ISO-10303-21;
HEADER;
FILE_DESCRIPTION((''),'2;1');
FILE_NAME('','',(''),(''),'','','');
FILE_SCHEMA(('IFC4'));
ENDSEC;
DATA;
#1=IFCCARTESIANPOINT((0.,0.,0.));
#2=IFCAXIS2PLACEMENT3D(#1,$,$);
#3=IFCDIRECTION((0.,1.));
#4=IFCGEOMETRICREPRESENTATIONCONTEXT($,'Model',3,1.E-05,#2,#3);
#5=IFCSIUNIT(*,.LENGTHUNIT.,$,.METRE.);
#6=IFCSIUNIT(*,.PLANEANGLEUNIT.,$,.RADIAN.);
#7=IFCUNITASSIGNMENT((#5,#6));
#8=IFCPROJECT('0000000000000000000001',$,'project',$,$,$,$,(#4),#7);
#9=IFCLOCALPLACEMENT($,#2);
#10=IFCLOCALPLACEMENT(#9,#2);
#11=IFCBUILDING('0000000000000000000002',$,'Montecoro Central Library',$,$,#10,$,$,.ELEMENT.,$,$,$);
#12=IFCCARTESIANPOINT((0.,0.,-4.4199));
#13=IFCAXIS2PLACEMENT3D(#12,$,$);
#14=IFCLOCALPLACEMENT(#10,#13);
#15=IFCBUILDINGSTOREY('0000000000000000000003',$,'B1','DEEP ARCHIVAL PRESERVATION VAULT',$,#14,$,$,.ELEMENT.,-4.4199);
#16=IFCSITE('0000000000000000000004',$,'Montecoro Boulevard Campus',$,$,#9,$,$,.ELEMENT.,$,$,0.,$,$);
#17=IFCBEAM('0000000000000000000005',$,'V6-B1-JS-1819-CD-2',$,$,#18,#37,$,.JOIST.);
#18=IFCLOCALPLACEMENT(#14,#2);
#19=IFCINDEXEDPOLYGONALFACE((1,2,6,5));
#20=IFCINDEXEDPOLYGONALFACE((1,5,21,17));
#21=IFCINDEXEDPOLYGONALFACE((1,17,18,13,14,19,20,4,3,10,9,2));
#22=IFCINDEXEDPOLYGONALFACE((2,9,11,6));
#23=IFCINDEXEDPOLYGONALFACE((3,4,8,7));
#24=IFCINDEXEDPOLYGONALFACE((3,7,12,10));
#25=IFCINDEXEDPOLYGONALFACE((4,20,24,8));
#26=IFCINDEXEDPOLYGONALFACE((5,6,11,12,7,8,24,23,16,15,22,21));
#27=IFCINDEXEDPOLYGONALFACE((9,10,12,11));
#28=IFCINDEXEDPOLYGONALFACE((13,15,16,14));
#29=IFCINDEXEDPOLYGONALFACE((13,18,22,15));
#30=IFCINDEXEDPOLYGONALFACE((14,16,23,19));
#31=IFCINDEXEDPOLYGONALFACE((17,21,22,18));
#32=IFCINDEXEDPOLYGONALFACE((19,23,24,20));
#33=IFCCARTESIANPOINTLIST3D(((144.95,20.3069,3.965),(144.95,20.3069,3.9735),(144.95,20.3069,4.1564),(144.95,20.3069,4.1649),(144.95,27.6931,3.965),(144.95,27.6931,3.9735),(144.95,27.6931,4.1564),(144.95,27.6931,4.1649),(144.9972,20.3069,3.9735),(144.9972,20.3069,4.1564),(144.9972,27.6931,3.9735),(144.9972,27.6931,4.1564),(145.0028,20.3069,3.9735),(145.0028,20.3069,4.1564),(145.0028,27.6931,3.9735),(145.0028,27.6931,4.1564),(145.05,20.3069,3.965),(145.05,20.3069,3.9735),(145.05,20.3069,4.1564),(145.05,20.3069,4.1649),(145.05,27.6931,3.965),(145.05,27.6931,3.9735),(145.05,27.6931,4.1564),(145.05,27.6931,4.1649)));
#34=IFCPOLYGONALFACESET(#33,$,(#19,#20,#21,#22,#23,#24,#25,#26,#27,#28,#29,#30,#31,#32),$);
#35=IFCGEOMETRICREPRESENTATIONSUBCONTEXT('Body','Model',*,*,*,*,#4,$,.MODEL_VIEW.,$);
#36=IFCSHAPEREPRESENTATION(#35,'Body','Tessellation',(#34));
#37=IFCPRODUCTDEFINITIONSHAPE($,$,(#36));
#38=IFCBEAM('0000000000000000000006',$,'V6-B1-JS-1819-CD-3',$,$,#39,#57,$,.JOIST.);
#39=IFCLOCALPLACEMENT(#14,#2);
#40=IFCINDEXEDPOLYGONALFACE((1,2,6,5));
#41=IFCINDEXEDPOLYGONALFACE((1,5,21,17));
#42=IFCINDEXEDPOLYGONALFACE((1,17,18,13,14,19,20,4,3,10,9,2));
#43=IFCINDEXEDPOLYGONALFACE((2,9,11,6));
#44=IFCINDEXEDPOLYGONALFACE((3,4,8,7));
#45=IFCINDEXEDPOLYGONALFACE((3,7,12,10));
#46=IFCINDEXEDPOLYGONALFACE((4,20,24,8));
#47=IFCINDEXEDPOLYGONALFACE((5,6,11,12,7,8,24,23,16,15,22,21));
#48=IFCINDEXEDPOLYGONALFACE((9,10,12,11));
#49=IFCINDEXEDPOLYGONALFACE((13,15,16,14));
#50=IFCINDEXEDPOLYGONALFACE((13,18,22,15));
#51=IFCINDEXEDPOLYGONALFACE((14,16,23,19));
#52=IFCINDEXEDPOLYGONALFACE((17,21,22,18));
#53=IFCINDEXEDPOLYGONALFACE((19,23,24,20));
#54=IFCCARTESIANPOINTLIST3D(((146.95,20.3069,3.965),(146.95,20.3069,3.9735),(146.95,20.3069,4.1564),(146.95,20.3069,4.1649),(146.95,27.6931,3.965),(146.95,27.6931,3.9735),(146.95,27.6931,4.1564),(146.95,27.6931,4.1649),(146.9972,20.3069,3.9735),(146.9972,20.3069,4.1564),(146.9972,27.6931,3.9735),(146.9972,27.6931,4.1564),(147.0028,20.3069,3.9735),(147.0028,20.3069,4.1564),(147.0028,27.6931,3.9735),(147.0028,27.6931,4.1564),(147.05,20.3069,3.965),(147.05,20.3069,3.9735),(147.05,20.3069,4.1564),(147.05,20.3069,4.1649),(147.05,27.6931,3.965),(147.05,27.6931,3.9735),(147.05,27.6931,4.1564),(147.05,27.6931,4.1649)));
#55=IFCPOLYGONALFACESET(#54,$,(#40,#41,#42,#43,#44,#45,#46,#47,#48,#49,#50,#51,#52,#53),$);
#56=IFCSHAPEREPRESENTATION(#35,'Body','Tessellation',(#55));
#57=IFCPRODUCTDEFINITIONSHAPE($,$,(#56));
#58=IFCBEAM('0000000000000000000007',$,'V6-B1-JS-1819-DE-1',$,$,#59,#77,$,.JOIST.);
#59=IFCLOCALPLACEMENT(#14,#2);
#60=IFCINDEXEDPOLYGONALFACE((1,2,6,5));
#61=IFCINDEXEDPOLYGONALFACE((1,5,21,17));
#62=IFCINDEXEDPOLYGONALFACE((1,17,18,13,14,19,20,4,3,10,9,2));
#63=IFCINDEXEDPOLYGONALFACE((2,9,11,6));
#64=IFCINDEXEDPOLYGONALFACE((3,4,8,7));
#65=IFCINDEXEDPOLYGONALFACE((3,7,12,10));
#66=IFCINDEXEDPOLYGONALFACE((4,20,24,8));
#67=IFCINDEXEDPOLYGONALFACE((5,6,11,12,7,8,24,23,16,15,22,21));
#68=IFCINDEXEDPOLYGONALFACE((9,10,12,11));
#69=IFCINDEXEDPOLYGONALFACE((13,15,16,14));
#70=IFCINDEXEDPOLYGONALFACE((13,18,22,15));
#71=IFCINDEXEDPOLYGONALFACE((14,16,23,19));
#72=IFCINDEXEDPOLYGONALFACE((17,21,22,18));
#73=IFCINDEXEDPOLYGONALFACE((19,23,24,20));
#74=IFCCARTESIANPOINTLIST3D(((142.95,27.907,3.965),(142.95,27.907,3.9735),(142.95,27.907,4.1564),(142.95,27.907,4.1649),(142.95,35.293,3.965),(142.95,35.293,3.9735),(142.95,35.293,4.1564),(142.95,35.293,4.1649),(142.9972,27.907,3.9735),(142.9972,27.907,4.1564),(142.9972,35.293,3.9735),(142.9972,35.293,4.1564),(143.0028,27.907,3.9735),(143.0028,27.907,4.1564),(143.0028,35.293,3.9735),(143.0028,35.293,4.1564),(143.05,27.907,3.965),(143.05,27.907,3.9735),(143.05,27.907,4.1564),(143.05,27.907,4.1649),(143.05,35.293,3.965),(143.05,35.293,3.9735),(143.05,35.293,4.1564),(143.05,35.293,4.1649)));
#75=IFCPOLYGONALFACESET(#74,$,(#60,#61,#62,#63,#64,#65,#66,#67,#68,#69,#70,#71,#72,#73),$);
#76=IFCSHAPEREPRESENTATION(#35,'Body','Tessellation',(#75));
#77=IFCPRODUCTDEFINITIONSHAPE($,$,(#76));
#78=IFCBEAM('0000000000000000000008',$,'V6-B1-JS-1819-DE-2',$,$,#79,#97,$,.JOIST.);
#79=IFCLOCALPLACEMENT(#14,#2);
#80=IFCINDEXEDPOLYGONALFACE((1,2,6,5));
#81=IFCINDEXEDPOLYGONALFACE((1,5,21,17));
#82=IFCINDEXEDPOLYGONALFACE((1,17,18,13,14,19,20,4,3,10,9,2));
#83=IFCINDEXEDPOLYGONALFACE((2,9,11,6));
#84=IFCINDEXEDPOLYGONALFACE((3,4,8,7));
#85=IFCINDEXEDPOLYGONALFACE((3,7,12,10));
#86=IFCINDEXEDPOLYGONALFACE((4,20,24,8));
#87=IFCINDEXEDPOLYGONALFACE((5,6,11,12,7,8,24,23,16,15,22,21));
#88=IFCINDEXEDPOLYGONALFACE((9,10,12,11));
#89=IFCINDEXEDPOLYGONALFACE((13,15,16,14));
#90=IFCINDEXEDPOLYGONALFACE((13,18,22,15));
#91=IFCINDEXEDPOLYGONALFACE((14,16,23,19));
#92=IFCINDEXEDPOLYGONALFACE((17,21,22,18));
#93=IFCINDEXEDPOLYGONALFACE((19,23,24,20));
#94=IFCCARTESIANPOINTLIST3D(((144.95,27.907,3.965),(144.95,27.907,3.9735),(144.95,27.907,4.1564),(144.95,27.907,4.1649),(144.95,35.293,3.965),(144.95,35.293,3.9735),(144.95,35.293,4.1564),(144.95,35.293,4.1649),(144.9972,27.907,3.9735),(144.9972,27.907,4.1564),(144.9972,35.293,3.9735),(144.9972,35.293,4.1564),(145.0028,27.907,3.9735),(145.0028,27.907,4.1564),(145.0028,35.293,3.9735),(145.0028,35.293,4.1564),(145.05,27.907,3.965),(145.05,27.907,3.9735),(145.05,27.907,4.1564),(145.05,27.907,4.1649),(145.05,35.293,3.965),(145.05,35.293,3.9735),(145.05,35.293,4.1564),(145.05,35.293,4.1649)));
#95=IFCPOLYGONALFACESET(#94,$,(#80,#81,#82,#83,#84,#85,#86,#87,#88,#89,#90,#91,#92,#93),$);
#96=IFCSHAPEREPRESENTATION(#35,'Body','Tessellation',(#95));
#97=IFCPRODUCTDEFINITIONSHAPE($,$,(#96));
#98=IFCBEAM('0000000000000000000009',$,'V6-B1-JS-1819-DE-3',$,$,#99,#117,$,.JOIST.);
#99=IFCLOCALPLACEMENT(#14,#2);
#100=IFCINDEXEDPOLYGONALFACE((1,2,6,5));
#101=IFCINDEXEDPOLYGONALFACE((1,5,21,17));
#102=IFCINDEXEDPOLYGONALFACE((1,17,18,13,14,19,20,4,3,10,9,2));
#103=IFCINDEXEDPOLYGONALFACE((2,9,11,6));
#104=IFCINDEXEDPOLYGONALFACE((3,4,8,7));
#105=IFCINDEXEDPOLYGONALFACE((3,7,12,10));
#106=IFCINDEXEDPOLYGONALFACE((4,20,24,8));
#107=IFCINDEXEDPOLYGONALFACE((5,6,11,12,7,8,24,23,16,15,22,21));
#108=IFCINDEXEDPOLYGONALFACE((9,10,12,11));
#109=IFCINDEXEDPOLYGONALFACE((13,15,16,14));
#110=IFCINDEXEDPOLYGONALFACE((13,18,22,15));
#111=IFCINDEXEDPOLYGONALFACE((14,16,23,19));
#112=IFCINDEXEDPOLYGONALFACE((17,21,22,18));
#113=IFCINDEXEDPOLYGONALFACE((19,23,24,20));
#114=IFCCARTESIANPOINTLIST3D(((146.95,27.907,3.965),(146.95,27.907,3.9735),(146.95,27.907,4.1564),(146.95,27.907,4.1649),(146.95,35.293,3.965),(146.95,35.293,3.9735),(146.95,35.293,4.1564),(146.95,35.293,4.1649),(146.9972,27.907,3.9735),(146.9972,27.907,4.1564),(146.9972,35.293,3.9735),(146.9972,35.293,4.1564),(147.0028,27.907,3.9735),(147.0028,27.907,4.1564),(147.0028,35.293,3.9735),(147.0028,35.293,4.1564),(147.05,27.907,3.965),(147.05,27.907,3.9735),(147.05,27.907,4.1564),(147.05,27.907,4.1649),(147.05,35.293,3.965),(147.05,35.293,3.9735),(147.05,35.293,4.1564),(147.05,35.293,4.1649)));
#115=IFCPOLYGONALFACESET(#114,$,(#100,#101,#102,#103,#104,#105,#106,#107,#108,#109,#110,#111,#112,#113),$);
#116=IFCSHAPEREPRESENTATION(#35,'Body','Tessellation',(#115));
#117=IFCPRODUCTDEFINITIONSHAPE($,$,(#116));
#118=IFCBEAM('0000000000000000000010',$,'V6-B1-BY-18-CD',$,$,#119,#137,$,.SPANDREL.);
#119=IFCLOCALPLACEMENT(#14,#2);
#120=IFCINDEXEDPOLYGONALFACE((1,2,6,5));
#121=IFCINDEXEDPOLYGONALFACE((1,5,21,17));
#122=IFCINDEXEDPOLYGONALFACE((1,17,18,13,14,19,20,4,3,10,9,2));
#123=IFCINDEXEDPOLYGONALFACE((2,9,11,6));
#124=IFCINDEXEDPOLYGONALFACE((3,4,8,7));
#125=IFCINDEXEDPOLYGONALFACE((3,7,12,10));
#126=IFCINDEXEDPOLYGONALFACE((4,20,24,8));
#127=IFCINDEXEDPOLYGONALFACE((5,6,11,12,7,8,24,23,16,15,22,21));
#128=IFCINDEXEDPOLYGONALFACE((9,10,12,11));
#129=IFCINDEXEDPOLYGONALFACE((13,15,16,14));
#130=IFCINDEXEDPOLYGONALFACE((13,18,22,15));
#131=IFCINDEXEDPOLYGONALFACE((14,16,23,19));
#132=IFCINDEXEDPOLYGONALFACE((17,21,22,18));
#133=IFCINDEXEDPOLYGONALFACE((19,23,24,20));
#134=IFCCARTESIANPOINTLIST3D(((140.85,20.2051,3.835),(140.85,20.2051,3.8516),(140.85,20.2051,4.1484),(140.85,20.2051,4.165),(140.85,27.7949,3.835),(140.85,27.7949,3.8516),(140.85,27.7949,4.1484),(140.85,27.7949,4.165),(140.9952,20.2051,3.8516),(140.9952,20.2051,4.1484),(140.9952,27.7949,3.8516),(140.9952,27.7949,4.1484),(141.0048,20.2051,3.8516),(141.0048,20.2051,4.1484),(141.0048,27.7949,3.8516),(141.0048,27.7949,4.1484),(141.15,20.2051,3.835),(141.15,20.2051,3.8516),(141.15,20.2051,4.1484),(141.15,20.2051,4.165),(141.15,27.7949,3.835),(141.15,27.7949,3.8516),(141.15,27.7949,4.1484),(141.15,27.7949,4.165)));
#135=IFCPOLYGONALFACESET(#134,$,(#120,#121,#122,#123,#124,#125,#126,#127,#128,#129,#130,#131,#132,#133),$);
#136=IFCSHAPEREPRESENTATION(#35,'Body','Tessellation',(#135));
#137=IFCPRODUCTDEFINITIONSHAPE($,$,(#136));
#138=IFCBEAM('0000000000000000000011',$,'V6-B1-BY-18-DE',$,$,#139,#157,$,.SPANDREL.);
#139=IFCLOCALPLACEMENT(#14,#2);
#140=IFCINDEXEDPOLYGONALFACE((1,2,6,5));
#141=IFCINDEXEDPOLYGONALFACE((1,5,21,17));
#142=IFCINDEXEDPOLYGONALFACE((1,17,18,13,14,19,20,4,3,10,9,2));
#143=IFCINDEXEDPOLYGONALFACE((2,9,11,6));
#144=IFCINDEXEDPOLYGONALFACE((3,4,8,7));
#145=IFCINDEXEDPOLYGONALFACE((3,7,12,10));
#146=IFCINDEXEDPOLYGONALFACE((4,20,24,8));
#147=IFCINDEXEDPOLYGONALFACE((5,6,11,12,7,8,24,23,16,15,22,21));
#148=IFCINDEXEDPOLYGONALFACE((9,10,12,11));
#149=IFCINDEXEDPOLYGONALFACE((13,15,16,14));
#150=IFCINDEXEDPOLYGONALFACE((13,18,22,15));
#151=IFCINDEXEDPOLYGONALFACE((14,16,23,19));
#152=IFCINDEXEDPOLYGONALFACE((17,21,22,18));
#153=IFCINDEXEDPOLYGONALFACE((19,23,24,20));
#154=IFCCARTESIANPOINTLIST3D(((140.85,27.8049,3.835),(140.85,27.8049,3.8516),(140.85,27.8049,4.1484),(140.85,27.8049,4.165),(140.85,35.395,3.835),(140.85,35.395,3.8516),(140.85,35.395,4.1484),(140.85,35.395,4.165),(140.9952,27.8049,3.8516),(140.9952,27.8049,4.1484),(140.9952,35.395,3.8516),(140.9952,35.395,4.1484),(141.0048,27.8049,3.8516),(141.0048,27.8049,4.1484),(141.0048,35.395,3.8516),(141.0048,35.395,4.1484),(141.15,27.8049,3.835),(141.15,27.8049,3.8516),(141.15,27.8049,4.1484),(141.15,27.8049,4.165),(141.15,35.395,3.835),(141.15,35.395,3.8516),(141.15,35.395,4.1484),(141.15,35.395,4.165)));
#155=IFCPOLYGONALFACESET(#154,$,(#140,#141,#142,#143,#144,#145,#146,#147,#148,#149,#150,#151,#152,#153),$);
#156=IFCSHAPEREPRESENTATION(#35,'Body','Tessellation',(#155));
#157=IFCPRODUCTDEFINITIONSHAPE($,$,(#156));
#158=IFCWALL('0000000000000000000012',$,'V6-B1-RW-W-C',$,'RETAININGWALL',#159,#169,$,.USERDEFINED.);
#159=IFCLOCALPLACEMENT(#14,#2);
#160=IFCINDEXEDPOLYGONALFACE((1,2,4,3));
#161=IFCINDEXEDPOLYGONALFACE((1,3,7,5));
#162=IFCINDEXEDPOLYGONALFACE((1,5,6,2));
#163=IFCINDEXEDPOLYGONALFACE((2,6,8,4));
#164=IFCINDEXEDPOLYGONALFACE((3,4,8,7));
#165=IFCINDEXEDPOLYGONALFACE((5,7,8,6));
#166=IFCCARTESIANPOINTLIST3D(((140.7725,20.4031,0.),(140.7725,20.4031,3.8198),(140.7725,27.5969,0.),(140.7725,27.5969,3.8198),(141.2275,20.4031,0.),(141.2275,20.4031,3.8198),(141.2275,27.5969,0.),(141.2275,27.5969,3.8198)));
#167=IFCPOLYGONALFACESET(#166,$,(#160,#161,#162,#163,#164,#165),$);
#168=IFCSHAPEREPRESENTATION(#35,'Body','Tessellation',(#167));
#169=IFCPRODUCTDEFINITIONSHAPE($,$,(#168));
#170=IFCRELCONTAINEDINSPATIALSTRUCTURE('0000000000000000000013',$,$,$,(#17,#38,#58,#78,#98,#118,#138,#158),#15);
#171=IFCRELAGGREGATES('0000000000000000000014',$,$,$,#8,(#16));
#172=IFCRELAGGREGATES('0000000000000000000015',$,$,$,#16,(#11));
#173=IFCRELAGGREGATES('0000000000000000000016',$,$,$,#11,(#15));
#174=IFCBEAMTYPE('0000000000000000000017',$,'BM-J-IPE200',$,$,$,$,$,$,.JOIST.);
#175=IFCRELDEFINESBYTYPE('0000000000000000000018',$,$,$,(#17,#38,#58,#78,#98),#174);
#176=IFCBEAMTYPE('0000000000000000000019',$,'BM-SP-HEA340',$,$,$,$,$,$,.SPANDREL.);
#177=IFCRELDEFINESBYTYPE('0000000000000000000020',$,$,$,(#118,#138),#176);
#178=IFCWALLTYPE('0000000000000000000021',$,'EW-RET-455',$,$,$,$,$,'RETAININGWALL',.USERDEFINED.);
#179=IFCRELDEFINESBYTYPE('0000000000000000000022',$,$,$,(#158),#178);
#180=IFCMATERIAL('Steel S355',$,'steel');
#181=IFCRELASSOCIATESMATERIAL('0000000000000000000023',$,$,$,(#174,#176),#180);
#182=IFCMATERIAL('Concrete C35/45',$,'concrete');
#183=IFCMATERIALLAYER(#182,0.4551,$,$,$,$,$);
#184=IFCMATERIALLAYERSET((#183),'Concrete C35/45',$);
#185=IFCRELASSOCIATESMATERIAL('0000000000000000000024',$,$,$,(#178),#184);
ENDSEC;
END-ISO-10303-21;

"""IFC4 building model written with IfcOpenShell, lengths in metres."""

from ifc_helpers import new_model, si_unit, direction, frame, frame_2d, origin, origin_2d, place, context, subcontext, project, spatial, rectangle, i_section, extrude, material, layer, layer_set, material_profile, profile_set, type_object, element, save


model = new_model("IFC4")

# Units and contexts
model_context = context("Model", 3, precision=1e-05, world=origin(), true_north=direction((0.0, 1.0)))
body_context = subcontext(model_context, "Body", "Model", "MODEL_VIEW")
ifc_project = project(units=[si_unit("LENGTHUNIT", "METRE"), si_unit("PLANEANGLEUNIT", "RADIAN")], contexts=[model_context])

# Site, building, storey
site_placement = place(None, origin())
site = spatial("IfcSite", under=ifc_project, at=site_placement, Name="Montecoro Boulevard Campus", CompositionType="ELEMENT", RefElevation=0.0)
building_placement = place(site_placement, origin())
building = spatial("IfcBuilding", under=site, at=building_placement, Name="Montecoro Central Library", CompositionType="ELEMENT")
storey_placement = place(building_placement, frame((0.0, 0.0, -4.4199)))
storey = spatial("IfcBuildingStorey", under=building, at=storey_placement, Name="B1", Description="DEEP ARCHIVAL PRESERVATION VAULT", CompositionType="ELEMENT", Elevation=-4.4199)

# Shared definitions
ifc_material_1 = material(Name="Concrete C35/45", Category="concrete")

# Beams
ifc_material_2 = material(Name="Steel S355", Category="steel")
ifc_material_profile_1 = material_profile(ifc_material_2, i_section(OverallWidth=0.1001, OverallDepth=0.2, WebThickness=0.0056, FlangeThickness=0.0085, at=origin_2d()), Name="IPE 200")
ifc_profile_set_1 = profile_set([ifc_material_profile_1], Name="Steel S355")
beam_type_1 = type_object("IfcBeamType", Name="BM-J-IPE200", PredefinedType="JOIST", material=ifc_profile_set_1)
for number, where, z_axis, x_axis, name in (
    (1, (145.0, 20.3069, 4.0649), (0.0, 1.0, 0.0), (-1.0, 0.0, 0.0), "V6-B1-JS-1819-CD-2"),
    (2, (147.0, 20.3069, 4.0649), (0.0, 1.0, 0.0), (-1.0, 0.0, 0.0), "V6-B1-JS-1819-CD-3"),
):
    element("IfcBeam", number, at=place(storey_placement, frame(where, z_axis=z_axis, x_axis=x_axis)), inside=storey, type_object=beam_type_1, Name=name, PredefinedType="JOIST", context=body_context, shape_type="SweptSolid", body=[
        extrude(i_section(OverallWidth=0.1001, OverallDepth=0.2, WebThickness=0.0056, FlangeThickness=0.0085, at=origin_2d()), origin(), (0.0, 0.0, 1.0), 7.3862),
    ])
for number, where, z_axis, x_axis, name in (
    (3, (143.0, 27.907, 4.0649), (0.0, 1.0, 0.0), (-1.0, 0.0, 0.0), "V6-B1-JS-1819-DE-1"),
    (4, (145.0, 27.907, 4.0649), (0.0, 1.0, 0.0), (-1.0, 0.0, 0.0), "V6-B1-JS-1819-DE-2"),
    (5, (147.0, 27.907, 4.0649), (0.0, 1.0, 0.0), (-1.0, 0.0, 0.0), "V6-B1-JS-1819-DE-3"),
):
    element("IfcBeam", number, at=place(storey_placement, frame(where, z_axis=z_axis, x_axis=x_axis)), inside=storey, type_object=beam_type_1, Name=name, PredefinedType="JOIST", context=body_context, shape_type="SweptSolid", body=[
        extrude(i_section(OverallWidth=0.1001, OverallDepth=0.2, WebThickness=0.0056, FlangeThickness=0.0085, at=origin_2d()), origin(), (0.0, 0.0, 1.0), 7.386),
    ])
ifc_material_profile_2 = material_profile(ifc_material_2, i_section(OverallWidth=0.3, OverallDepth=0.3301, WebThickness=0.0095, FlangeThickness=0.0166, at=origin_2d()), Name="HEA 340")
ifc_profile_set_2 = profile_set([ifc_material_profile_2], Name="Steel S355")
beam_type_2 = type_object("IfcBeamType", Name="BM-SP-HEA340", PredefinedType="SPANDREL", material=ifc_profile_set_2)
beam_1_placement = place(storey_placement, frame((141.0, 20.2051, 4.0), z_axis=(0.0, 1.0, 0.0), x_axis=(-1.0, 0.0, 0.0)))
element("IfcBeam", 6, at=beam_1_placement, inside=storey, type_object=beam_type_2, Name="V6-B1-BY-18-CD", PredefinedType="SPANDREL", context=body_context, shape_type="SweptSolid", body=[
    extrude(i_section(OverallWidth=0.3, OverallDepth=0.3301, WebThickness=0.0095, FlangeThickness=0.0166, at=origin_2d()), origin(), (0.0, 0.0, 1.0), 7.5898),
])
beam_2_placement = place(storey_placement, frame((141.0, 27.8049, 4.0), z_axis=(0.0, 1.0, 0.0), x_axis=(-1.0, 0.0, 0.0)))
element("IfcBeam", 7, at=beam_2_placement, inside=storey, type_object=beam_type_2, Name="V6-B1-BY-18-DE", PredefinedType="SPANDREL", context=body_context, shape_type="SweptSolid", body=[
    extrude(i_section(OverallWidth=0.3, OverallDepth=0.3301, WebThickness=0.0095, FlangeThickness=0.0166, at=origin_2d()), origin(), (0.0, 0.0, 1.0), 7.5901),
])

# Wall
ifc_layer = layer(ifc_material_1, 0.4551)
ifc_layer_set = layer_set([ifc_layer], Name="Concrete C35/45")
wall_type = type_object("IfcWallType", Name="EW-RET-455", ElementType="RETAININGWALL", PredefinedType="USERDEFINED", material=ifc_layer_set)
wall_placement = place(storey_placement, frame((141.0, 20.4031, 0.0), z_axis=(0.0, 0.0, 1.0), x_axis=(0.0, 1.0, 0.0)))
element("IfcWall", 8, at=wall_placement, inside=storey, type_object=wall_type, Name="V6-B1-RW-W-C", ObjectType="RETAININGWALL", PredefinedType="USERDEFINED", context=body_context, shape_type="SweptSolid", body=[
    extrude(rectangle(XDim=7.1938, YDim=0.4551, at=frame_2d((3.5969, 0.0))), origin(), (0.0, 0.0, 1.0), 3.8198),
])

save(model, "model.ifc")
